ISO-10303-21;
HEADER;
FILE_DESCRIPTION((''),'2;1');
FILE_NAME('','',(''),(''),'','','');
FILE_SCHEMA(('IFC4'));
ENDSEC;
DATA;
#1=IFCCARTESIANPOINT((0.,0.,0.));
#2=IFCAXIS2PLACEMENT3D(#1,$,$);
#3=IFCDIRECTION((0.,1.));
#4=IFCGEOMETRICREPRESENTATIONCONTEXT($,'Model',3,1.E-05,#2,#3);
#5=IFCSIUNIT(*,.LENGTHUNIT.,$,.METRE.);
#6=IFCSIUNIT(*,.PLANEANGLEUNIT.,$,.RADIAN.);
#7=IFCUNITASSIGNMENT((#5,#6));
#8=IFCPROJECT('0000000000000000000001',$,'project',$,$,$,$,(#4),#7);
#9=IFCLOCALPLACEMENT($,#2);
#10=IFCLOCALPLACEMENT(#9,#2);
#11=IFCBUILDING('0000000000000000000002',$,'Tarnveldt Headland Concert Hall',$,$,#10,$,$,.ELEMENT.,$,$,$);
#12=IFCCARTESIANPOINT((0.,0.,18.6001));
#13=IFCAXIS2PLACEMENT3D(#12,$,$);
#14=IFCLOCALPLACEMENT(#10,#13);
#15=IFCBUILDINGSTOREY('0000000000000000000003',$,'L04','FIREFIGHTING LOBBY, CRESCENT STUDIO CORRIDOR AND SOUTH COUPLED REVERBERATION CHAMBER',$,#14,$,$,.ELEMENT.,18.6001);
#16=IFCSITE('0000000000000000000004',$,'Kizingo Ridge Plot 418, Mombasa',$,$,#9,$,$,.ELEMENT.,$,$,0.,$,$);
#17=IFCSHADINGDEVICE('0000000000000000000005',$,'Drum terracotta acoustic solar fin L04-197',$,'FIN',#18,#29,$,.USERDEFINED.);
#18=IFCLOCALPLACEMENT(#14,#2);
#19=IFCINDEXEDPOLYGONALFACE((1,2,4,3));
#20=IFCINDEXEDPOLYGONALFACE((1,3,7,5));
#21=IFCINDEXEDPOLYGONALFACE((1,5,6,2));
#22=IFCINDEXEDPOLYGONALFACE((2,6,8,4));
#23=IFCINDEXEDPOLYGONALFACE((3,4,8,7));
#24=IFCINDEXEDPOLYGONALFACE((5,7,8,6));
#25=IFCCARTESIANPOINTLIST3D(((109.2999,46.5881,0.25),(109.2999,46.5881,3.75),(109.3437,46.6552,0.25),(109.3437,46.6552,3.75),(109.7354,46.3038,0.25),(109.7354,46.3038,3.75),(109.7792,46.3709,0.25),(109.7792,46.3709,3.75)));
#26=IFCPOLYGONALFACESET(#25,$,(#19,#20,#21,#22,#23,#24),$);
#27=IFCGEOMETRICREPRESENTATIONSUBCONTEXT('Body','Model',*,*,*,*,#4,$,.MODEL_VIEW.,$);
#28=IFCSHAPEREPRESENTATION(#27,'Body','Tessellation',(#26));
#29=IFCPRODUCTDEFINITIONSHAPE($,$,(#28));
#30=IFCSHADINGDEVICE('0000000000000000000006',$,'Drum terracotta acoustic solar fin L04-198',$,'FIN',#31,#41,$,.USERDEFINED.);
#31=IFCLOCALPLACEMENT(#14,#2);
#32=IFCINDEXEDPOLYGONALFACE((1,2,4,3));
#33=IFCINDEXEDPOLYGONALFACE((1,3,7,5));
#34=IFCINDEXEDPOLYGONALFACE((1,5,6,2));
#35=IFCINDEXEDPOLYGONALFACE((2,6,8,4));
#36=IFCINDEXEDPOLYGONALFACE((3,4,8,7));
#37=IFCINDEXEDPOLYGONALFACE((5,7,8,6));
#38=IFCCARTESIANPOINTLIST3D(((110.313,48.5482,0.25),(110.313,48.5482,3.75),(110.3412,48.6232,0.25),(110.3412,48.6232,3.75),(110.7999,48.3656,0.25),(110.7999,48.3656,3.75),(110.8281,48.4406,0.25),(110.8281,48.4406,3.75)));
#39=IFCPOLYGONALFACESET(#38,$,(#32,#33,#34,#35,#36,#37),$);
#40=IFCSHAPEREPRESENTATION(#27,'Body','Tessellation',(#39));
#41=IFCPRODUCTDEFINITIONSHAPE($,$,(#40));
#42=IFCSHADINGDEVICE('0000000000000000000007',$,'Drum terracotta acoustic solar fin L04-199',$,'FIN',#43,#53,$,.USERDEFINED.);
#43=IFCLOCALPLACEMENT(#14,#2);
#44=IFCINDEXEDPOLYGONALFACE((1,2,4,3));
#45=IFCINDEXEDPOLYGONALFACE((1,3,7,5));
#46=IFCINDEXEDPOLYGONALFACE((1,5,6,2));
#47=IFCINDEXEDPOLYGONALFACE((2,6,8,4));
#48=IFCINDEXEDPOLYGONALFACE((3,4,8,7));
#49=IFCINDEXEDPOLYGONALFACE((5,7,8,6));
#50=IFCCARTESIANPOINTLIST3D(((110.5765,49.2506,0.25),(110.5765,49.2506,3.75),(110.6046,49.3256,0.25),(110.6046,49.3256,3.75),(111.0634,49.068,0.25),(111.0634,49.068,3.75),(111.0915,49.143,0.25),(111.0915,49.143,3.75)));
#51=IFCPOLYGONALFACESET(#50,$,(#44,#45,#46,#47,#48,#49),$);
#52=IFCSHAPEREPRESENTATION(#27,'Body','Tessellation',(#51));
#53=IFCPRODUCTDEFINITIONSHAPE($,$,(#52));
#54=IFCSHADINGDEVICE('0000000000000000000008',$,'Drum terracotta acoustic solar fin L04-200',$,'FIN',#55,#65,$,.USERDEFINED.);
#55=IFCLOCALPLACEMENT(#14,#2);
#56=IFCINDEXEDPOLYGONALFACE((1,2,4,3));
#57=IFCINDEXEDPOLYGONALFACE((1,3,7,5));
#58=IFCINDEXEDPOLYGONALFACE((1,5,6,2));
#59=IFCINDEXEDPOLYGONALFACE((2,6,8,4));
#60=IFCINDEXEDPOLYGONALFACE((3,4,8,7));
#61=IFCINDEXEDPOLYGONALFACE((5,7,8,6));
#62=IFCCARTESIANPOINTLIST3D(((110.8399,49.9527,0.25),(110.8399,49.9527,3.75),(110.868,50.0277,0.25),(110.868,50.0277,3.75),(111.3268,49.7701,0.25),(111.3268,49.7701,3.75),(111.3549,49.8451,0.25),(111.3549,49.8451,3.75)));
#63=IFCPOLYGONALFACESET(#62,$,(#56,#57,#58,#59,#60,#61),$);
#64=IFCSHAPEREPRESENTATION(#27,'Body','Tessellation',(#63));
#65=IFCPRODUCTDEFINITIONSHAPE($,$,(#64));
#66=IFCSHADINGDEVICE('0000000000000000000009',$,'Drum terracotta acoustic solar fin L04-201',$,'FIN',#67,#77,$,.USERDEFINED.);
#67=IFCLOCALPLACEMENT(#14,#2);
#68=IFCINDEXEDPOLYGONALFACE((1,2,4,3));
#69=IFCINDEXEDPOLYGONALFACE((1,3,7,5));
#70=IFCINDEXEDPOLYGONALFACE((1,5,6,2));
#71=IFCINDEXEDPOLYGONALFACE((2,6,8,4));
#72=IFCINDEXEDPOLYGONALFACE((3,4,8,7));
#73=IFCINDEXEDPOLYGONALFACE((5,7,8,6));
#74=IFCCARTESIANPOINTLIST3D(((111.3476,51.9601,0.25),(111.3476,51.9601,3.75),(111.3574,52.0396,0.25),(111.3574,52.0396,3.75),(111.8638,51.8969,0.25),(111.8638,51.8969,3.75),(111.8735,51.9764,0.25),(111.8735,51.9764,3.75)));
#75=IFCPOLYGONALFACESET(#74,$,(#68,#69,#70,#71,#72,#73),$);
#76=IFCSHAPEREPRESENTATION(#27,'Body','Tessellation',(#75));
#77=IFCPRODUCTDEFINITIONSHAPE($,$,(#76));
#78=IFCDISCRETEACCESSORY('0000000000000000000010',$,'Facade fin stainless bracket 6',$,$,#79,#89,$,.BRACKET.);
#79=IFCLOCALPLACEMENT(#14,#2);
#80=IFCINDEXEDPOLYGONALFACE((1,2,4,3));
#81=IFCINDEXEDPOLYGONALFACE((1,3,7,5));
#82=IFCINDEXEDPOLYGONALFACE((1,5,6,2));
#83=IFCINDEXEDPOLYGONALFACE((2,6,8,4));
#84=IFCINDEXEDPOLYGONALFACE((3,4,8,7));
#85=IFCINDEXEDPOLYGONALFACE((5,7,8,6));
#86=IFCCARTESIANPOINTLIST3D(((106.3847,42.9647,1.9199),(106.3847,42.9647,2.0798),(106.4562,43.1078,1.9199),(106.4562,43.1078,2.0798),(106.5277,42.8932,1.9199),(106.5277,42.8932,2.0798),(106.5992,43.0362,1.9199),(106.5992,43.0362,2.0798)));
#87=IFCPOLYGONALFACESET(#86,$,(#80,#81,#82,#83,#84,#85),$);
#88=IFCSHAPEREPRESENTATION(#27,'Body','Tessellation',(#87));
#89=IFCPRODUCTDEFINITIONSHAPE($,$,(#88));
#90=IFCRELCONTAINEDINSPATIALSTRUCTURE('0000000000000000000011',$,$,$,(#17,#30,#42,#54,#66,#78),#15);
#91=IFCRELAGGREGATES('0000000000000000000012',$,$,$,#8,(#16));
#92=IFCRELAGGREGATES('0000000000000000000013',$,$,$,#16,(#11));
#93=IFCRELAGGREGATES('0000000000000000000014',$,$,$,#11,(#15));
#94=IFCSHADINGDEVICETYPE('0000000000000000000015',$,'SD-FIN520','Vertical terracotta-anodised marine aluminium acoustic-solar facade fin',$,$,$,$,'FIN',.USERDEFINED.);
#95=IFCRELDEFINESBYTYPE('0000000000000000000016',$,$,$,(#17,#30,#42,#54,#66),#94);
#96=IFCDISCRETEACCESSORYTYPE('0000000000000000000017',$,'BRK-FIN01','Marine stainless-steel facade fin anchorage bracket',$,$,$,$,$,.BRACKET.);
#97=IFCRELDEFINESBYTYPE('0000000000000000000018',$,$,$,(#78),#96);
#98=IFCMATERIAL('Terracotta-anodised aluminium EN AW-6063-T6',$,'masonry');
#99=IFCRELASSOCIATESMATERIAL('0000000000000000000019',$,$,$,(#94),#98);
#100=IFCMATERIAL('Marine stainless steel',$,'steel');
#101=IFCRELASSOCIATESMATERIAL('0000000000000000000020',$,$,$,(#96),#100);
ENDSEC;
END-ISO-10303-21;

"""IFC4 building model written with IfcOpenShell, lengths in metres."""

from ifc_helpers import new_model, si_unit, direction, frame, origin, origin_2d, place, context, subcontext, project, spatial, rectangle, extrude, material, type_object, element, save


model = new_model("IFC4")

# Units and contexts
model_context = context("Model", 3, precision=1e-05, world=origin(), true_north=direction((0.0, 1.0)))
body_context = subcontext(model_context, "Body", "Model", "MODEL_VIEW")
ifc_project = project(units=[si_unit("LENGTHUNIT", "METRE"), si_unit("PLANEANGLEUNIT", "RADIAN")], contexts=[model_context])

# Site, building, storey
site_placement = place(None, origin())
site = spatial("IfcSite", under=ifc_project, at=site_placement, Name="Kizingo Ridge Plot 418, Mombasa", CompositionType="ELEMENT", RefElevation=0.0)
building_placement = place(site_placement, origin())
building = spatial("IfcBuilding", under=site, at=building_placement, Name="Tarnveldt Headland Concert Hall", CompositionType="ELEMENT")
storey_placement = place(building_placement, frame((0.0, 0.0, 18.6001)))
storey = spatial("IfcBuildingStorey", under=building, at=storey_placement, Name="L04", Description="FIREFIGHTING LOBBY, CRESCENT STUDIO CORRIDOR AND SOUTH COUPLED REVERBERATION CHAMBER", CompositionType="ELEMENT", Elevation=18.6001)

# Shading devices
ifc_material_1 = material(Name="Terracotta-anodised aluminium EN AW-6063-T6", Category="masonry")
shading_device_type = type_object("IfcShadingDeviceType", Name="SD-FIN520", Description="Vertical terracotta-anodised marine aluminium acoustic-solar facade fin", ElementType="FIN", PredefinedType="USERDEFINED", material=ifc_material_1)
for number, where, z_axis, x_axis, name in (
    (1, (109.5396, 46.4795, 0.25), (0.0, 0.0, 1.0), (0.837337, -0.546687, 0.0), "Drum terracotta acoustic solar fin L04-197"),
    (2, (110.5706, 48.4944, 0.25), (0.0, 0.0, 1.0), (0.936305, -0.351188, 0.0), "Drum terracotta acoustic solar fin L04-198"),
    (3, (110.834, 49.1968, 0.25), (0.0, 0.0, 1.0), (0.936305, -0.351188, 0.0), "Drum terracotta acoustic solar fin L04-199"),
    (4, (111.0974, 49.8989, 0.25), (0.0, 0.0, 1.0), (0.936305, -0.351188, 0.0), "Drum terracotta acoustic solar fin L04-200"),
    (5, (111.6106, 51.9683, 0.25), (0.0, 0.0, 1.0), (0.992589, -0.121523, 0.0), "Drum terracotta acoustic solar fin L04-201"),
):
    element("IfcShadingDevice", number, at=place(storey_placement, frame(where, z_axis=z_axis, x_axis=x_axis)), inside=storey, type_object=shading_device_type, Name=name, ObjectType="FIN", PredefinedType="USERDEFINED", context=body_context, shape_type="SweptSolid", body=[
        extrude(rectangle(XDim=0.52, YDim=0.0801, at=origin_2d()), origin(), (0.0, 0.0, 1.0), 3.5),
    ])

# Discrete accessory
ifc_material_2 = material(Name="Marine stainless steel", Category="steel")
discrete_accessory_type = type_object("IfcDiscreteAccessoryType", Name="BRK-FIN01", Description="Marine stainless-steel facade fin anchorage bracket", PredefinedType="BRACKET", material=ifc_material_2)
discrete_accessory_placement = place(storey_placement, frame((106.4919, 43.0005, 1.9199), z_axis=(0.0, 0.0, 1.0), x_axis=(0.894389, -0.447291, 0.0)))
element("IfcDiscreteAccessory", 6, at=discrete_accessory_placement, inside=storey, type_object=discrete_accessory_type, Name="Facade fin stainless bracket 6", PredefinedType="BRACKET", context=body_context, shape_type="SweptSolid", body=[
    extrude(rectangle(XDim=0.1599, YDim=0.1599, at=origin_2d()), origin(), (0.0, 0.0, 1.0), 0.1599),
])

save(model, "model.ifc")
